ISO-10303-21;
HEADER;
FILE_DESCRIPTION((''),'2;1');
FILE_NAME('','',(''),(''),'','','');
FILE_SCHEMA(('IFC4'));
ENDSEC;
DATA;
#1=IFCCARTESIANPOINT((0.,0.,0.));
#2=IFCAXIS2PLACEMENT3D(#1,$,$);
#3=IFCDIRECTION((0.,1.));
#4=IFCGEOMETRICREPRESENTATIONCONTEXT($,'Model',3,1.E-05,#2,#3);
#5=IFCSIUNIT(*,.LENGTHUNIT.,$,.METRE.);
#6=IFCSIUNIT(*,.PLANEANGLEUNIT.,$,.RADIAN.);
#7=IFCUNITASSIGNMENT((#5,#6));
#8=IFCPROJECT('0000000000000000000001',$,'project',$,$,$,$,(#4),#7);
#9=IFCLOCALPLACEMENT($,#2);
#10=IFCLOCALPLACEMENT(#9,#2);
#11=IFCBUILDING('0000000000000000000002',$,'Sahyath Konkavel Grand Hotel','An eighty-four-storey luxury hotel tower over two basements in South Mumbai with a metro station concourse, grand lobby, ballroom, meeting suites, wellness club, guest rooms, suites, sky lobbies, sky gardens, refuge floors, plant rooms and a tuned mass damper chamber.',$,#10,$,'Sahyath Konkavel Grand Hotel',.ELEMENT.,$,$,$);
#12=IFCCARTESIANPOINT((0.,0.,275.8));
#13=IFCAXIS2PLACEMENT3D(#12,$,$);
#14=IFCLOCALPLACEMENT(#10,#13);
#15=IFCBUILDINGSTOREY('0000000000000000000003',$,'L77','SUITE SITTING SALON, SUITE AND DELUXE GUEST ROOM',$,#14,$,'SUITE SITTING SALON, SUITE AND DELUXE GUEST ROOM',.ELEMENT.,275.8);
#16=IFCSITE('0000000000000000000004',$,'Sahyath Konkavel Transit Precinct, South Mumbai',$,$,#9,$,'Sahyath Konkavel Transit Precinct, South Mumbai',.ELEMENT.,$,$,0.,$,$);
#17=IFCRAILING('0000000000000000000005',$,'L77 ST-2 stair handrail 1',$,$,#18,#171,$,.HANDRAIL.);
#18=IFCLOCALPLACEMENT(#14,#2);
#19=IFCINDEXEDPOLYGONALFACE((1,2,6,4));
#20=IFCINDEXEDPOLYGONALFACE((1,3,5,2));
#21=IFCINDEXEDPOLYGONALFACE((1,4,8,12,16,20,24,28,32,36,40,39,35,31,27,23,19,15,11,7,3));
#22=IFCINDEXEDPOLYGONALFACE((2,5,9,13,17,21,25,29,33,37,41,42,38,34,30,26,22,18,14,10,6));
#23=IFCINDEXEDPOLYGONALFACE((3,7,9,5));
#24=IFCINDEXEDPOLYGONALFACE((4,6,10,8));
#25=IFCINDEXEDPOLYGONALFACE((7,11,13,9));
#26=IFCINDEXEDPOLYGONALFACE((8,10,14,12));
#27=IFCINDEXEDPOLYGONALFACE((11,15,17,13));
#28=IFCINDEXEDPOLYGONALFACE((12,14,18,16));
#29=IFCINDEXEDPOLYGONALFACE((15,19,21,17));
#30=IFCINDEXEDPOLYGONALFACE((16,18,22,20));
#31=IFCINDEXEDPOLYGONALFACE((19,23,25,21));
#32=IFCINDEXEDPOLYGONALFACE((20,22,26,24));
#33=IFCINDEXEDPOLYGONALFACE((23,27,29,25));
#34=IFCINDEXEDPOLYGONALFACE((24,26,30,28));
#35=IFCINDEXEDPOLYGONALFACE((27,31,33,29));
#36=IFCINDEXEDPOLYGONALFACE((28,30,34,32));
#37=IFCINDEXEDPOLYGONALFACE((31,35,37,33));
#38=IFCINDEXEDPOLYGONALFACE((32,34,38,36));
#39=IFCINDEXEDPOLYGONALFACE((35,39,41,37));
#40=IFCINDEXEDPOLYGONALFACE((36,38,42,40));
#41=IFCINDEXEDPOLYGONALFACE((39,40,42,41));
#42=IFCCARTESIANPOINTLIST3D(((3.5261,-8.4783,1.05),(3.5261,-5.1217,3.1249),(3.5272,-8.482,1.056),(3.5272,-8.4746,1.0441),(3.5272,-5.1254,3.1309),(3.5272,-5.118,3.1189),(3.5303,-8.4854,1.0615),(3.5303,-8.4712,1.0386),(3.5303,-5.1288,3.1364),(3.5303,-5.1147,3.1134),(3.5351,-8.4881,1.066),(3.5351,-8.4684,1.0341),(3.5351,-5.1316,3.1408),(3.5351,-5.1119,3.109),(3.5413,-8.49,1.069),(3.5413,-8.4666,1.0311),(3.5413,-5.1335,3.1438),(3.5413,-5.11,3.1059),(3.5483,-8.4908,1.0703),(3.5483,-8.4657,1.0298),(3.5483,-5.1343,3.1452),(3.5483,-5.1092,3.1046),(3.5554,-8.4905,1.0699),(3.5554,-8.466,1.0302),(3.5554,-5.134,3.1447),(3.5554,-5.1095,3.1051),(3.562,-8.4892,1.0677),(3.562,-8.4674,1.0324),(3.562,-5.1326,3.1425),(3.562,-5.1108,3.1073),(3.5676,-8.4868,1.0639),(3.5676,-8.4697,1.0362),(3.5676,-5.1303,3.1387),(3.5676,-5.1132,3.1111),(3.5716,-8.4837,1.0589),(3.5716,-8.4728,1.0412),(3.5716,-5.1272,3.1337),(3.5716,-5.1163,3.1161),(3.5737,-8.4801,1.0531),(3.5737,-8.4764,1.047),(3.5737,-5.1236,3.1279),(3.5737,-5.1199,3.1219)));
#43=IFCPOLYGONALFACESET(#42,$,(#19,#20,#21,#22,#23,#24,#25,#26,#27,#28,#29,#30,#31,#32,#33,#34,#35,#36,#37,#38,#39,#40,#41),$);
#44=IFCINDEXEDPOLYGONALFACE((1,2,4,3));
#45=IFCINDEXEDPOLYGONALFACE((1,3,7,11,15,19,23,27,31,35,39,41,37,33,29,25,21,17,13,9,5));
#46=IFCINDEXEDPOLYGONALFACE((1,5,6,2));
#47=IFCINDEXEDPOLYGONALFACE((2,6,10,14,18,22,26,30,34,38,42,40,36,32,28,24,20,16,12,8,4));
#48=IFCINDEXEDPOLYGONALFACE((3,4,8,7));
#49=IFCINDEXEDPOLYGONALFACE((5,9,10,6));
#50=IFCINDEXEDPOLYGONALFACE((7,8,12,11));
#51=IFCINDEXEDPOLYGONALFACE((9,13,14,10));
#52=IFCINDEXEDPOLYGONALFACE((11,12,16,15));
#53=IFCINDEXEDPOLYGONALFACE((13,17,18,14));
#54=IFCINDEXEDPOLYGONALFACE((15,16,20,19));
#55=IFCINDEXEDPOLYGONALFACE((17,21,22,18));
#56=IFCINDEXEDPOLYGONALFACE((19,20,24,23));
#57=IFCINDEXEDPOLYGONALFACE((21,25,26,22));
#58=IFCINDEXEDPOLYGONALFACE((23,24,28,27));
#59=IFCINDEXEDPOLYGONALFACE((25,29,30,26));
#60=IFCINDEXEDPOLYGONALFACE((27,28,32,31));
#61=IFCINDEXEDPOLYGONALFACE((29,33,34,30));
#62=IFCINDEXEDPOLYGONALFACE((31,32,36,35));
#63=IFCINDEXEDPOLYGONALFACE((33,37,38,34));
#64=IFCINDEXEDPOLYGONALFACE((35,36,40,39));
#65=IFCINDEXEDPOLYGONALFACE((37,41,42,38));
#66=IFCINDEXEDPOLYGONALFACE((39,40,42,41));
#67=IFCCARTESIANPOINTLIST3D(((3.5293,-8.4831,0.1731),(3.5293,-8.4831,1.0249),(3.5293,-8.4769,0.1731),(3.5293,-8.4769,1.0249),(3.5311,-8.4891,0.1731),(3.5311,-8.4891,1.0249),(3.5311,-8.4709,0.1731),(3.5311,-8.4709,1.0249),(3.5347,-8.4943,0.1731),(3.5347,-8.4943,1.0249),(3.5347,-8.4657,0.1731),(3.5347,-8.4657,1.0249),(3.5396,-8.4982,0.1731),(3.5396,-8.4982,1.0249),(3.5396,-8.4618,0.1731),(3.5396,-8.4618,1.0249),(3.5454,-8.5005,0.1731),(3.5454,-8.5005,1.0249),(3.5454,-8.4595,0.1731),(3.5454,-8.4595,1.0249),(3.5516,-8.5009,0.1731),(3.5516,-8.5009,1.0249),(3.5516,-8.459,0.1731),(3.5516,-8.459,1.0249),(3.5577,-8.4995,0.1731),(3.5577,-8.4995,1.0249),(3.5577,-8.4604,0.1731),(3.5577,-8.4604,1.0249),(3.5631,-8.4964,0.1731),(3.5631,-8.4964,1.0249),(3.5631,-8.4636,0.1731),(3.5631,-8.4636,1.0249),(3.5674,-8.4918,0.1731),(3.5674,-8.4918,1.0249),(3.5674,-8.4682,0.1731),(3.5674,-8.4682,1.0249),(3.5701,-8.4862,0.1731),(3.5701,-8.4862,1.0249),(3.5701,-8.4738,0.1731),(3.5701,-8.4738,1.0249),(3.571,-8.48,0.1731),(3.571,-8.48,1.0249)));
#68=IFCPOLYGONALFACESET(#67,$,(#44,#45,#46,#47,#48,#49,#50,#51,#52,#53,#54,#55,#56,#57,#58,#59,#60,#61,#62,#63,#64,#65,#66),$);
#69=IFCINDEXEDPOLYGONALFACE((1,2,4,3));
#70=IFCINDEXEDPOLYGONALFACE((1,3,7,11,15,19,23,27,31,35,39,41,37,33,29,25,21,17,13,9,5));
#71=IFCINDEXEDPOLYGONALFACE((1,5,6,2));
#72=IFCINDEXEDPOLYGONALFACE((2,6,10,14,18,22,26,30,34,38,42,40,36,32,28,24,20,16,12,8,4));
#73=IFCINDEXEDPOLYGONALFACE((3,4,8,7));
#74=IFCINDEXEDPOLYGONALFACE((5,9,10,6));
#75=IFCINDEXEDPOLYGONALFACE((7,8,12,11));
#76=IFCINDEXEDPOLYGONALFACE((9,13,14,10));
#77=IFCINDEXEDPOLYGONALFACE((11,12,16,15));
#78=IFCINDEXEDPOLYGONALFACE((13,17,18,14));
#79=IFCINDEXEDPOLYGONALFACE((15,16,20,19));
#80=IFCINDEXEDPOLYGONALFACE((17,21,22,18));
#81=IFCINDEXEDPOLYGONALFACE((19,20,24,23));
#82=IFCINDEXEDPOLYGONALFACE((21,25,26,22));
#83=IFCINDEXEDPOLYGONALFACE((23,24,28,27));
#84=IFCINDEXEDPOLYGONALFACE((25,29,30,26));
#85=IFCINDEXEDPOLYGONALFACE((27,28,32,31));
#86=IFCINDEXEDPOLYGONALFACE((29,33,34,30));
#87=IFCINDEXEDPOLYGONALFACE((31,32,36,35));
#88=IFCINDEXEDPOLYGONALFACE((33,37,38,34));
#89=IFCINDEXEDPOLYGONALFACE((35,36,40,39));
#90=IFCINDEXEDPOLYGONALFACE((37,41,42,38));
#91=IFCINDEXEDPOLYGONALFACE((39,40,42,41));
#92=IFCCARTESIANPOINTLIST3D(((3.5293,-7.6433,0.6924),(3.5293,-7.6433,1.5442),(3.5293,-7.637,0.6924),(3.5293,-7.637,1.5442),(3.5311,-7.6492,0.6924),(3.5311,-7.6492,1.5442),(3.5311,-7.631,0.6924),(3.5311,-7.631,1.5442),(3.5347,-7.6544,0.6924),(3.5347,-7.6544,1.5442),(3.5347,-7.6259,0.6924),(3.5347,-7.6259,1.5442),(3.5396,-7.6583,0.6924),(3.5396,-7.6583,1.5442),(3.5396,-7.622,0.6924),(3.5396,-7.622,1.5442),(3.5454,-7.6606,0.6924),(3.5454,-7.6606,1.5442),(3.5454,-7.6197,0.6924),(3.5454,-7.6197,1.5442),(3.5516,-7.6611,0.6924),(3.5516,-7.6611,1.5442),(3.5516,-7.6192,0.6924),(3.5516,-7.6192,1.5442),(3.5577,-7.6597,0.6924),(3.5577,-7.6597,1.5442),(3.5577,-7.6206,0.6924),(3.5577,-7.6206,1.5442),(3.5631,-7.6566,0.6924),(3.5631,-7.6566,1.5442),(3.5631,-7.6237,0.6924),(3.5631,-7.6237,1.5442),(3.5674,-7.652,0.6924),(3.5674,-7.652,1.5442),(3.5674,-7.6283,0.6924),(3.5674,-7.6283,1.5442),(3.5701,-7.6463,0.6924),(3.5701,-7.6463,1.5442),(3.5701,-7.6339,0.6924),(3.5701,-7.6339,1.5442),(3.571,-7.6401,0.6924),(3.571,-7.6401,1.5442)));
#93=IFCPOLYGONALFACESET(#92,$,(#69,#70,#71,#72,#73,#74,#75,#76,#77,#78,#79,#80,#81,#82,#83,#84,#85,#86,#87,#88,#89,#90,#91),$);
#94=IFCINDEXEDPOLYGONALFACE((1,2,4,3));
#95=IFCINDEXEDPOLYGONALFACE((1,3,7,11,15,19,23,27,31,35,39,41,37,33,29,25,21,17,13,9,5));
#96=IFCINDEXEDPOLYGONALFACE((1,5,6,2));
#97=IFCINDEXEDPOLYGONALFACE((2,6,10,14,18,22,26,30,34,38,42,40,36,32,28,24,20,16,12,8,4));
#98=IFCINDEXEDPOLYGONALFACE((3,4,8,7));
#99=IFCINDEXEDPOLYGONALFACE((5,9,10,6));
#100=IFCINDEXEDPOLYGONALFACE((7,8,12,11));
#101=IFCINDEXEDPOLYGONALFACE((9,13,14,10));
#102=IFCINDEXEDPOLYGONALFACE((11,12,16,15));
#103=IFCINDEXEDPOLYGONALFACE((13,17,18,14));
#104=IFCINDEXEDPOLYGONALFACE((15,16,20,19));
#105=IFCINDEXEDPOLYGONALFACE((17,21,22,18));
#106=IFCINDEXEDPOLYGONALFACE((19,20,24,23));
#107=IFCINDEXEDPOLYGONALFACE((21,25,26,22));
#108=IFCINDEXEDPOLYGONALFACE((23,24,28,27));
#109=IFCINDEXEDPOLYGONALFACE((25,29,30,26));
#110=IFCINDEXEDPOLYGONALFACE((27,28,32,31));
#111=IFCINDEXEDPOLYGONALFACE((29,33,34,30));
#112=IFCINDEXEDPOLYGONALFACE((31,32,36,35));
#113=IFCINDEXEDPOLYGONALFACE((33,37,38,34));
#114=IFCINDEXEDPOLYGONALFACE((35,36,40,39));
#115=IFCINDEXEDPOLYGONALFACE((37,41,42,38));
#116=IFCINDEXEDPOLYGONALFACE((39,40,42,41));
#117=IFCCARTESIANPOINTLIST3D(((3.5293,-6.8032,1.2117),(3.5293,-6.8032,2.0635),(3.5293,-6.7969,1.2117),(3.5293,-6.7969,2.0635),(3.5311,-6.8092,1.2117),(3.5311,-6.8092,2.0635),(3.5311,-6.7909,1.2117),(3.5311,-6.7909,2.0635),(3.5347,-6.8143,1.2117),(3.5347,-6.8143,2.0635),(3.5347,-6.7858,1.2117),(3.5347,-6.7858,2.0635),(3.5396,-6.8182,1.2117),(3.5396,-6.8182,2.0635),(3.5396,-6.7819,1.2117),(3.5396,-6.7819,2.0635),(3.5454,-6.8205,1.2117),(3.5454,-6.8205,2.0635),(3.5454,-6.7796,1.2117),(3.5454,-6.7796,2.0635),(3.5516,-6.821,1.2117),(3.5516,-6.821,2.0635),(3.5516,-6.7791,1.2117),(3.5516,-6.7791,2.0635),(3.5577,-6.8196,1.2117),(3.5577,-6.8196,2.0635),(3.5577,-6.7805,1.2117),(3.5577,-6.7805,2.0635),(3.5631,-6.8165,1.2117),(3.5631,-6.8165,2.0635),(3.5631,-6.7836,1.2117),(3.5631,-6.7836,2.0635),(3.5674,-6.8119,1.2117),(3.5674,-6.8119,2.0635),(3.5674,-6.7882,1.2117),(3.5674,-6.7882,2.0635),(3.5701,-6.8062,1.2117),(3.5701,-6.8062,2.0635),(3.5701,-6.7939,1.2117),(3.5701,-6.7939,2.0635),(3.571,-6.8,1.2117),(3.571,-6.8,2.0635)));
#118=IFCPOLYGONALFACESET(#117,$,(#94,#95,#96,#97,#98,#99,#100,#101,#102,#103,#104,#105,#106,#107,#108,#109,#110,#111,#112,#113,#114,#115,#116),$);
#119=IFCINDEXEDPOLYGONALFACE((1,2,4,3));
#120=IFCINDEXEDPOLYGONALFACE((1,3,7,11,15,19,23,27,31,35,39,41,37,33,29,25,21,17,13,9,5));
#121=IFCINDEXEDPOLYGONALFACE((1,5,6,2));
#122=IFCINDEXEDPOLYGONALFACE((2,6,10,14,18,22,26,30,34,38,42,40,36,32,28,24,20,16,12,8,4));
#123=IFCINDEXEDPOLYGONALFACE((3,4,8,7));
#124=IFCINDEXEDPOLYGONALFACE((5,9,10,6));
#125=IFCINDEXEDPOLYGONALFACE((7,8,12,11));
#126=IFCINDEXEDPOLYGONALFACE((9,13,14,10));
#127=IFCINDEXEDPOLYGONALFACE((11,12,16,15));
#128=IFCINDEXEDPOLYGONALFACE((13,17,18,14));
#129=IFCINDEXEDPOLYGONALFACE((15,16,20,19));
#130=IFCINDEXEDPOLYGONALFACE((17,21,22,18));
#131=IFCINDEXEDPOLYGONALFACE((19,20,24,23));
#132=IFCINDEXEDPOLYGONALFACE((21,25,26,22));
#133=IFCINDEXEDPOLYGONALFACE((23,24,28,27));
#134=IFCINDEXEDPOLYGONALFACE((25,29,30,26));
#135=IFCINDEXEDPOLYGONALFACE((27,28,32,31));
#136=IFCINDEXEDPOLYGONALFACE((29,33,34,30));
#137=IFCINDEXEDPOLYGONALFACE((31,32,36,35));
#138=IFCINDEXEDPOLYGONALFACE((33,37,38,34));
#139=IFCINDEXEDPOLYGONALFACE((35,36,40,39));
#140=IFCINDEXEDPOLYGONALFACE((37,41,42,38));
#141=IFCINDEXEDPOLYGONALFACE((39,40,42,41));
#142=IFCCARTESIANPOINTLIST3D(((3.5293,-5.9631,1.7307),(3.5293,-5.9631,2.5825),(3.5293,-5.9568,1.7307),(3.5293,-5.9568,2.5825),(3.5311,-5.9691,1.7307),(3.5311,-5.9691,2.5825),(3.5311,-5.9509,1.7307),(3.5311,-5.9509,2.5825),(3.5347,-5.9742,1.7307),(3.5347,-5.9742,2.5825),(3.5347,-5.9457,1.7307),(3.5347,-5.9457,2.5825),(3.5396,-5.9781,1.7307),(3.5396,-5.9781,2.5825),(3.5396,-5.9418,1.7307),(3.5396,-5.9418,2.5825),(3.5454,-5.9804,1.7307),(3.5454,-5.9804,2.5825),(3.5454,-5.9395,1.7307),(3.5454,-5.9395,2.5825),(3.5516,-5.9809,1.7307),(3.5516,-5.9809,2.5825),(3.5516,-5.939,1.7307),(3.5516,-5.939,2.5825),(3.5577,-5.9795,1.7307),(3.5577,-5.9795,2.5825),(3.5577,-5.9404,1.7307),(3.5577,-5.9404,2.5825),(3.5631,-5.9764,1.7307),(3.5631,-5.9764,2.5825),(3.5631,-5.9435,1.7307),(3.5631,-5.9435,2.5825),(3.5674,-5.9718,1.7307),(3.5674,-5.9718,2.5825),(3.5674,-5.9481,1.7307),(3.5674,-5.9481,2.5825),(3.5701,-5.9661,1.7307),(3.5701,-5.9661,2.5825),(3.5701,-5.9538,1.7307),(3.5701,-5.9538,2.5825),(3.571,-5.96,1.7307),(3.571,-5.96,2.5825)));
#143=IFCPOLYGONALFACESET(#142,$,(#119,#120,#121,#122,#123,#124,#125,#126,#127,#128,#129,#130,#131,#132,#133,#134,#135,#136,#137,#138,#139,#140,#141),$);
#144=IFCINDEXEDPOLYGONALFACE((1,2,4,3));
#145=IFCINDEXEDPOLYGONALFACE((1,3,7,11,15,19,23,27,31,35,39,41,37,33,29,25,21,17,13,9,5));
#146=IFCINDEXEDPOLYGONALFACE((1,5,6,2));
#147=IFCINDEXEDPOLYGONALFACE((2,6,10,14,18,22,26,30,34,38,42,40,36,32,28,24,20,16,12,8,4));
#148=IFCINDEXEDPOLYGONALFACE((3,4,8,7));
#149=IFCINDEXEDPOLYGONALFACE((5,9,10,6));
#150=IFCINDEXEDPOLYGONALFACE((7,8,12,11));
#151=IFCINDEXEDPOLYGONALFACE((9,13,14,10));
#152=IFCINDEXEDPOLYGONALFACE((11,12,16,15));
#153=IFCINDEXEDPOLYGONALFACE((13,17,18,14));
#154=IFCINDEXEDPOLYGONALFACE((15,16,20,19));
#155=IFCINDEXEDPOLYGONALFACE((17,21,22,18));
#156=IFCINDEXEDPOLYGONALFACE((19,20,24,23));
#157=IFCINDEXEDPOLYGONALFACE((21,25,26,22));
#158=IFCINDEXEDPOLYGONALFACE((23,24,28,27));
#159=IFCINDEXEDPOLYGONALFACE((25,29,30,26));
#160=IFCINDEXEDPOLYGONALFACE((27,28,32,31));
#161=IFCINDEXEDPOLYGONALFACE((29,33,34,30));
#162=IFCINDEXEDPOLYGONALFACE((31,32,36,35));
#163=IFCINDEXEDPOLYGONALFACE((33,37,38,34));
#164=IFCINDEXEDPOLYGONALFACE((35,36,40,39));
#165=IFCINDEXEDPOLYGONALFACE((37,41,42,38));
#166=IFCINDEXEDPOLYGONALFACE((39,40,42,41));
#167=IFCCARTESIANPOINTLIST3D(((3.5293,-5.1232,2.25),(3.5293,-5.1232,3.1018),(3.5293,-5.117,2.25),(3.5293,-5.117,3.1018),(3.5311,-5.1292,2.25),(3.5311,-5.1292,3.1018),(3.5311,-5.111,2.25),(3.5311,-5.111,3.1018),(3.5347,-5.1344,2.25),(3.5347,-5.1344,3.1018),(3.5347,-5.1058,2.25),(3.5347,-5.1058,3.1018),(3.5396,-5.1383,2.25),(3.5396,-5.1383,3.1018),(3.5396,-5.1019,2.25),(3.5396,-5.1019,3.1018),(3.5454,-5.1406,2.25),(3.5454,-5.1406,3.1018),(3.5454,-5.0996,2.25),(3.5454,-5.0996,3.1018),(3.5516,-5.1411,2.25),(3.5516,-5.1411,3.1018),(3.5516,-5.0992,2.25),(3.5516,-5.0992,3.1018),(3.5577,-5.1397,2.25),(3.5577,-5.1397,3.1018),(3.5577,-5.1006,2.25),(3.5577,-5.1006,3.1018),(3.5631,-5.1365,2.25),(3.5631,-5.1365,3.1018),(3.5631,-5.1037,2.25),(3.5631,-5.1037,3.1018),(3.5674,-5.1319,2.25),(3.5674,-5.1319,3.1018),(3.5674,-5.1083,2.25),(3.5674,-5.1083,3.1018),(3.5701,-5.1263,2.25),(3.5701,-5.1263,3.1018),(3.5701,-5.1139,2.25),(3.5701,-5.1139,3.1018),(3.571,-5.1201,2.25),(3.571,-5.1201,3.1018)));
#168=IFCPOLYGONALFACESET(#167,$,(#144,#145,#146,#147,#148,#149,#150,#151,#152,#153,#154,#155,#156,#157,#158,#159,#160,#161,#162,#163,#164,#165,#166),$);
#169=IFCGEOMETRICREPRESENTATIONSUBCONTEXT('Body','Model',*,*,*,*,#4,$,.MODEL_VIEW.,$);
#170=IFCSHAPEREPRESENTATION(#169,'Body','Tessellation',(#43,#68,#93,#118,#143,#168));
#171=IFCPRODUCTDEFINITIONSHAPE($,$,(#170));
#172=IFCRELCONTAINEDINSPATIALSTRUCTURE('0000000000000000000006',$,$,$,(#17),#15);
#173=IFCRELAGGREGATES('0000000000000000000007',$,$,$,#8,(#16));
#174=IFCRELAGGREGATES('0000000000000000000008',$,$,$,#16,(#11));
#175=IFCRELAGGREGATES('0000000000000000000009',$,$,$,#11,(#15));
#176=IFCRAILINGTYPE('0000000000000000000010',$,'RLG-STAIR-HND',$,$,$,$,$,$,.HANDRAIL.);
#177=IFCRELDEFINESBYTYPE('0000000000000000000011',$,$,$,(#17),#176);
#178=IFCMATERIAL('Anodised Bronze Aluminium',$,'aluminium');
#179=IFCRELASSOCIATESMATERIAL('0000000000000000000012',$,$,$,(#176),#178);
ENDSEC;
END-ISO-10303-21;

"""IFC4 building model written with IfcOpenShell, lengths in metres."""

from ifc_helpers import new_model, si_unit, direction, frame, origin, origin_2d, place, context, subcontext, project, spatial, circle, extrude, material, type_object, element, save


model = new_model("IFC4")

# Units and contexts
model_context = context("Model", 3, precision=1e-05, world=origin(), true_north=direction((0.0, 1.0)))
body_context = subcontext(model_context, "Body", "Model", "MODEL_VIEW")
ifc_project = project(units=[si_unit("LENGTHUNIT", "METRE"), si_unit("PLANEANGLEUNIT", "RADIAN")], contexts=[model_context])

# Site, building, storey
site_placement = place(None, origin())
site = spatial("IfcSite", under=ifc_project, at=site_placement, Name="Sahyath Konkavel Transit Precinct, South Mumbai", LongName="Sahyath Konkavel Transit Precinct, South Mumbai", CompositionType="ELEMENT", RefElevation=0.0)
building_placement = place(site_placement, origin())
building = spatial("IfcBuilding", under=site, at=building_placement, Name="Sahyath Konkavel Grand Hotel", Description="An eighty-four-storey luxury hotel tower over two basements in South Mumbai with a metro station concourse, grand lobby, ballroom, meeting suites, wellness club, guest rooms, suites, sky lobbies, sky gardens, refuge floors, plant rooms and a tuned mass damper chamber.", LongName="Sahyath Konkavel Grand Hotel", CompositionType="ELEMENT")
storey_placement = place(building_placement, frame((0.0, 0.0, 275.8)))
storey = spatial("IfcBuildingStorey", under=building, at=storey_placement, Name="L77", Description="SUITE SITTING SALON, SUITE AND DELUXE GUEST ROOM", LongName="SUITE SITTING SALON, SUITE AND DELUXE GUEST ROOM", CompositionType="ELEMENT", Elevation=275.8)

# Shared definitions
ifc_material_1 = material(Name="Anodised Bronze Aluminium", Category="aluminium")

# Railing
railing_type_1 = type_object("IfcRailingType", Name="RLG-STAIR-HND", PredefinedType="HANDRAIL", material=ifc_material_1)
railing_1_placement = place(storey_placement, frame((3.55, -8.48, 0.1731)))
element("IfcRailing", 1, at=railing_1_placement, inside=storey, type_object=railing_type_1, Name="L77 ST-2 stair handrail 1", PredefinedType="HANDRAIL", context=body_context, shape_type="SweptSolid", body=[
    extrude(circle(Radius=0.0239, at=origin_2d()), frame((0.0, 0.0017, 0.877), z_axis=(0.0, 0.850606, 0.525803), x_axis=(-1.0, 0.0, 0.0)), (0.0, 0.0, 1.0), 3.946),
    extrude(circle(Radius=0.021, at=origin_2d()), origin(), (0.0, 0.0, 1.0), 0.8518),
    extrude(circle(Radius=0.021, at=origin_2d()), frame((0.0, 0.8398, 0.5193)), (0.0, 0.0, 1.0), 0.8518),
    extrude(circle(Radius=0.021, at=origin_2d()), frame((0.0, 1.6799, 1.0386)), (0.0, 0.0, 1.0), 0.8518),
    extrude(circle(Radius=0.021, at=origin_2d()), frame((0.0, 2.52, 1.5576)), (0.0, 0.0, 1.0), 0.8518),
    extrude(circle(Radius=0.021, at=origin_2d()), frame((0.0, 3.3599, 2.0769)), (0.0, 0.0, 1.0), 0.8518),
])

save(model, "model.ifc")
